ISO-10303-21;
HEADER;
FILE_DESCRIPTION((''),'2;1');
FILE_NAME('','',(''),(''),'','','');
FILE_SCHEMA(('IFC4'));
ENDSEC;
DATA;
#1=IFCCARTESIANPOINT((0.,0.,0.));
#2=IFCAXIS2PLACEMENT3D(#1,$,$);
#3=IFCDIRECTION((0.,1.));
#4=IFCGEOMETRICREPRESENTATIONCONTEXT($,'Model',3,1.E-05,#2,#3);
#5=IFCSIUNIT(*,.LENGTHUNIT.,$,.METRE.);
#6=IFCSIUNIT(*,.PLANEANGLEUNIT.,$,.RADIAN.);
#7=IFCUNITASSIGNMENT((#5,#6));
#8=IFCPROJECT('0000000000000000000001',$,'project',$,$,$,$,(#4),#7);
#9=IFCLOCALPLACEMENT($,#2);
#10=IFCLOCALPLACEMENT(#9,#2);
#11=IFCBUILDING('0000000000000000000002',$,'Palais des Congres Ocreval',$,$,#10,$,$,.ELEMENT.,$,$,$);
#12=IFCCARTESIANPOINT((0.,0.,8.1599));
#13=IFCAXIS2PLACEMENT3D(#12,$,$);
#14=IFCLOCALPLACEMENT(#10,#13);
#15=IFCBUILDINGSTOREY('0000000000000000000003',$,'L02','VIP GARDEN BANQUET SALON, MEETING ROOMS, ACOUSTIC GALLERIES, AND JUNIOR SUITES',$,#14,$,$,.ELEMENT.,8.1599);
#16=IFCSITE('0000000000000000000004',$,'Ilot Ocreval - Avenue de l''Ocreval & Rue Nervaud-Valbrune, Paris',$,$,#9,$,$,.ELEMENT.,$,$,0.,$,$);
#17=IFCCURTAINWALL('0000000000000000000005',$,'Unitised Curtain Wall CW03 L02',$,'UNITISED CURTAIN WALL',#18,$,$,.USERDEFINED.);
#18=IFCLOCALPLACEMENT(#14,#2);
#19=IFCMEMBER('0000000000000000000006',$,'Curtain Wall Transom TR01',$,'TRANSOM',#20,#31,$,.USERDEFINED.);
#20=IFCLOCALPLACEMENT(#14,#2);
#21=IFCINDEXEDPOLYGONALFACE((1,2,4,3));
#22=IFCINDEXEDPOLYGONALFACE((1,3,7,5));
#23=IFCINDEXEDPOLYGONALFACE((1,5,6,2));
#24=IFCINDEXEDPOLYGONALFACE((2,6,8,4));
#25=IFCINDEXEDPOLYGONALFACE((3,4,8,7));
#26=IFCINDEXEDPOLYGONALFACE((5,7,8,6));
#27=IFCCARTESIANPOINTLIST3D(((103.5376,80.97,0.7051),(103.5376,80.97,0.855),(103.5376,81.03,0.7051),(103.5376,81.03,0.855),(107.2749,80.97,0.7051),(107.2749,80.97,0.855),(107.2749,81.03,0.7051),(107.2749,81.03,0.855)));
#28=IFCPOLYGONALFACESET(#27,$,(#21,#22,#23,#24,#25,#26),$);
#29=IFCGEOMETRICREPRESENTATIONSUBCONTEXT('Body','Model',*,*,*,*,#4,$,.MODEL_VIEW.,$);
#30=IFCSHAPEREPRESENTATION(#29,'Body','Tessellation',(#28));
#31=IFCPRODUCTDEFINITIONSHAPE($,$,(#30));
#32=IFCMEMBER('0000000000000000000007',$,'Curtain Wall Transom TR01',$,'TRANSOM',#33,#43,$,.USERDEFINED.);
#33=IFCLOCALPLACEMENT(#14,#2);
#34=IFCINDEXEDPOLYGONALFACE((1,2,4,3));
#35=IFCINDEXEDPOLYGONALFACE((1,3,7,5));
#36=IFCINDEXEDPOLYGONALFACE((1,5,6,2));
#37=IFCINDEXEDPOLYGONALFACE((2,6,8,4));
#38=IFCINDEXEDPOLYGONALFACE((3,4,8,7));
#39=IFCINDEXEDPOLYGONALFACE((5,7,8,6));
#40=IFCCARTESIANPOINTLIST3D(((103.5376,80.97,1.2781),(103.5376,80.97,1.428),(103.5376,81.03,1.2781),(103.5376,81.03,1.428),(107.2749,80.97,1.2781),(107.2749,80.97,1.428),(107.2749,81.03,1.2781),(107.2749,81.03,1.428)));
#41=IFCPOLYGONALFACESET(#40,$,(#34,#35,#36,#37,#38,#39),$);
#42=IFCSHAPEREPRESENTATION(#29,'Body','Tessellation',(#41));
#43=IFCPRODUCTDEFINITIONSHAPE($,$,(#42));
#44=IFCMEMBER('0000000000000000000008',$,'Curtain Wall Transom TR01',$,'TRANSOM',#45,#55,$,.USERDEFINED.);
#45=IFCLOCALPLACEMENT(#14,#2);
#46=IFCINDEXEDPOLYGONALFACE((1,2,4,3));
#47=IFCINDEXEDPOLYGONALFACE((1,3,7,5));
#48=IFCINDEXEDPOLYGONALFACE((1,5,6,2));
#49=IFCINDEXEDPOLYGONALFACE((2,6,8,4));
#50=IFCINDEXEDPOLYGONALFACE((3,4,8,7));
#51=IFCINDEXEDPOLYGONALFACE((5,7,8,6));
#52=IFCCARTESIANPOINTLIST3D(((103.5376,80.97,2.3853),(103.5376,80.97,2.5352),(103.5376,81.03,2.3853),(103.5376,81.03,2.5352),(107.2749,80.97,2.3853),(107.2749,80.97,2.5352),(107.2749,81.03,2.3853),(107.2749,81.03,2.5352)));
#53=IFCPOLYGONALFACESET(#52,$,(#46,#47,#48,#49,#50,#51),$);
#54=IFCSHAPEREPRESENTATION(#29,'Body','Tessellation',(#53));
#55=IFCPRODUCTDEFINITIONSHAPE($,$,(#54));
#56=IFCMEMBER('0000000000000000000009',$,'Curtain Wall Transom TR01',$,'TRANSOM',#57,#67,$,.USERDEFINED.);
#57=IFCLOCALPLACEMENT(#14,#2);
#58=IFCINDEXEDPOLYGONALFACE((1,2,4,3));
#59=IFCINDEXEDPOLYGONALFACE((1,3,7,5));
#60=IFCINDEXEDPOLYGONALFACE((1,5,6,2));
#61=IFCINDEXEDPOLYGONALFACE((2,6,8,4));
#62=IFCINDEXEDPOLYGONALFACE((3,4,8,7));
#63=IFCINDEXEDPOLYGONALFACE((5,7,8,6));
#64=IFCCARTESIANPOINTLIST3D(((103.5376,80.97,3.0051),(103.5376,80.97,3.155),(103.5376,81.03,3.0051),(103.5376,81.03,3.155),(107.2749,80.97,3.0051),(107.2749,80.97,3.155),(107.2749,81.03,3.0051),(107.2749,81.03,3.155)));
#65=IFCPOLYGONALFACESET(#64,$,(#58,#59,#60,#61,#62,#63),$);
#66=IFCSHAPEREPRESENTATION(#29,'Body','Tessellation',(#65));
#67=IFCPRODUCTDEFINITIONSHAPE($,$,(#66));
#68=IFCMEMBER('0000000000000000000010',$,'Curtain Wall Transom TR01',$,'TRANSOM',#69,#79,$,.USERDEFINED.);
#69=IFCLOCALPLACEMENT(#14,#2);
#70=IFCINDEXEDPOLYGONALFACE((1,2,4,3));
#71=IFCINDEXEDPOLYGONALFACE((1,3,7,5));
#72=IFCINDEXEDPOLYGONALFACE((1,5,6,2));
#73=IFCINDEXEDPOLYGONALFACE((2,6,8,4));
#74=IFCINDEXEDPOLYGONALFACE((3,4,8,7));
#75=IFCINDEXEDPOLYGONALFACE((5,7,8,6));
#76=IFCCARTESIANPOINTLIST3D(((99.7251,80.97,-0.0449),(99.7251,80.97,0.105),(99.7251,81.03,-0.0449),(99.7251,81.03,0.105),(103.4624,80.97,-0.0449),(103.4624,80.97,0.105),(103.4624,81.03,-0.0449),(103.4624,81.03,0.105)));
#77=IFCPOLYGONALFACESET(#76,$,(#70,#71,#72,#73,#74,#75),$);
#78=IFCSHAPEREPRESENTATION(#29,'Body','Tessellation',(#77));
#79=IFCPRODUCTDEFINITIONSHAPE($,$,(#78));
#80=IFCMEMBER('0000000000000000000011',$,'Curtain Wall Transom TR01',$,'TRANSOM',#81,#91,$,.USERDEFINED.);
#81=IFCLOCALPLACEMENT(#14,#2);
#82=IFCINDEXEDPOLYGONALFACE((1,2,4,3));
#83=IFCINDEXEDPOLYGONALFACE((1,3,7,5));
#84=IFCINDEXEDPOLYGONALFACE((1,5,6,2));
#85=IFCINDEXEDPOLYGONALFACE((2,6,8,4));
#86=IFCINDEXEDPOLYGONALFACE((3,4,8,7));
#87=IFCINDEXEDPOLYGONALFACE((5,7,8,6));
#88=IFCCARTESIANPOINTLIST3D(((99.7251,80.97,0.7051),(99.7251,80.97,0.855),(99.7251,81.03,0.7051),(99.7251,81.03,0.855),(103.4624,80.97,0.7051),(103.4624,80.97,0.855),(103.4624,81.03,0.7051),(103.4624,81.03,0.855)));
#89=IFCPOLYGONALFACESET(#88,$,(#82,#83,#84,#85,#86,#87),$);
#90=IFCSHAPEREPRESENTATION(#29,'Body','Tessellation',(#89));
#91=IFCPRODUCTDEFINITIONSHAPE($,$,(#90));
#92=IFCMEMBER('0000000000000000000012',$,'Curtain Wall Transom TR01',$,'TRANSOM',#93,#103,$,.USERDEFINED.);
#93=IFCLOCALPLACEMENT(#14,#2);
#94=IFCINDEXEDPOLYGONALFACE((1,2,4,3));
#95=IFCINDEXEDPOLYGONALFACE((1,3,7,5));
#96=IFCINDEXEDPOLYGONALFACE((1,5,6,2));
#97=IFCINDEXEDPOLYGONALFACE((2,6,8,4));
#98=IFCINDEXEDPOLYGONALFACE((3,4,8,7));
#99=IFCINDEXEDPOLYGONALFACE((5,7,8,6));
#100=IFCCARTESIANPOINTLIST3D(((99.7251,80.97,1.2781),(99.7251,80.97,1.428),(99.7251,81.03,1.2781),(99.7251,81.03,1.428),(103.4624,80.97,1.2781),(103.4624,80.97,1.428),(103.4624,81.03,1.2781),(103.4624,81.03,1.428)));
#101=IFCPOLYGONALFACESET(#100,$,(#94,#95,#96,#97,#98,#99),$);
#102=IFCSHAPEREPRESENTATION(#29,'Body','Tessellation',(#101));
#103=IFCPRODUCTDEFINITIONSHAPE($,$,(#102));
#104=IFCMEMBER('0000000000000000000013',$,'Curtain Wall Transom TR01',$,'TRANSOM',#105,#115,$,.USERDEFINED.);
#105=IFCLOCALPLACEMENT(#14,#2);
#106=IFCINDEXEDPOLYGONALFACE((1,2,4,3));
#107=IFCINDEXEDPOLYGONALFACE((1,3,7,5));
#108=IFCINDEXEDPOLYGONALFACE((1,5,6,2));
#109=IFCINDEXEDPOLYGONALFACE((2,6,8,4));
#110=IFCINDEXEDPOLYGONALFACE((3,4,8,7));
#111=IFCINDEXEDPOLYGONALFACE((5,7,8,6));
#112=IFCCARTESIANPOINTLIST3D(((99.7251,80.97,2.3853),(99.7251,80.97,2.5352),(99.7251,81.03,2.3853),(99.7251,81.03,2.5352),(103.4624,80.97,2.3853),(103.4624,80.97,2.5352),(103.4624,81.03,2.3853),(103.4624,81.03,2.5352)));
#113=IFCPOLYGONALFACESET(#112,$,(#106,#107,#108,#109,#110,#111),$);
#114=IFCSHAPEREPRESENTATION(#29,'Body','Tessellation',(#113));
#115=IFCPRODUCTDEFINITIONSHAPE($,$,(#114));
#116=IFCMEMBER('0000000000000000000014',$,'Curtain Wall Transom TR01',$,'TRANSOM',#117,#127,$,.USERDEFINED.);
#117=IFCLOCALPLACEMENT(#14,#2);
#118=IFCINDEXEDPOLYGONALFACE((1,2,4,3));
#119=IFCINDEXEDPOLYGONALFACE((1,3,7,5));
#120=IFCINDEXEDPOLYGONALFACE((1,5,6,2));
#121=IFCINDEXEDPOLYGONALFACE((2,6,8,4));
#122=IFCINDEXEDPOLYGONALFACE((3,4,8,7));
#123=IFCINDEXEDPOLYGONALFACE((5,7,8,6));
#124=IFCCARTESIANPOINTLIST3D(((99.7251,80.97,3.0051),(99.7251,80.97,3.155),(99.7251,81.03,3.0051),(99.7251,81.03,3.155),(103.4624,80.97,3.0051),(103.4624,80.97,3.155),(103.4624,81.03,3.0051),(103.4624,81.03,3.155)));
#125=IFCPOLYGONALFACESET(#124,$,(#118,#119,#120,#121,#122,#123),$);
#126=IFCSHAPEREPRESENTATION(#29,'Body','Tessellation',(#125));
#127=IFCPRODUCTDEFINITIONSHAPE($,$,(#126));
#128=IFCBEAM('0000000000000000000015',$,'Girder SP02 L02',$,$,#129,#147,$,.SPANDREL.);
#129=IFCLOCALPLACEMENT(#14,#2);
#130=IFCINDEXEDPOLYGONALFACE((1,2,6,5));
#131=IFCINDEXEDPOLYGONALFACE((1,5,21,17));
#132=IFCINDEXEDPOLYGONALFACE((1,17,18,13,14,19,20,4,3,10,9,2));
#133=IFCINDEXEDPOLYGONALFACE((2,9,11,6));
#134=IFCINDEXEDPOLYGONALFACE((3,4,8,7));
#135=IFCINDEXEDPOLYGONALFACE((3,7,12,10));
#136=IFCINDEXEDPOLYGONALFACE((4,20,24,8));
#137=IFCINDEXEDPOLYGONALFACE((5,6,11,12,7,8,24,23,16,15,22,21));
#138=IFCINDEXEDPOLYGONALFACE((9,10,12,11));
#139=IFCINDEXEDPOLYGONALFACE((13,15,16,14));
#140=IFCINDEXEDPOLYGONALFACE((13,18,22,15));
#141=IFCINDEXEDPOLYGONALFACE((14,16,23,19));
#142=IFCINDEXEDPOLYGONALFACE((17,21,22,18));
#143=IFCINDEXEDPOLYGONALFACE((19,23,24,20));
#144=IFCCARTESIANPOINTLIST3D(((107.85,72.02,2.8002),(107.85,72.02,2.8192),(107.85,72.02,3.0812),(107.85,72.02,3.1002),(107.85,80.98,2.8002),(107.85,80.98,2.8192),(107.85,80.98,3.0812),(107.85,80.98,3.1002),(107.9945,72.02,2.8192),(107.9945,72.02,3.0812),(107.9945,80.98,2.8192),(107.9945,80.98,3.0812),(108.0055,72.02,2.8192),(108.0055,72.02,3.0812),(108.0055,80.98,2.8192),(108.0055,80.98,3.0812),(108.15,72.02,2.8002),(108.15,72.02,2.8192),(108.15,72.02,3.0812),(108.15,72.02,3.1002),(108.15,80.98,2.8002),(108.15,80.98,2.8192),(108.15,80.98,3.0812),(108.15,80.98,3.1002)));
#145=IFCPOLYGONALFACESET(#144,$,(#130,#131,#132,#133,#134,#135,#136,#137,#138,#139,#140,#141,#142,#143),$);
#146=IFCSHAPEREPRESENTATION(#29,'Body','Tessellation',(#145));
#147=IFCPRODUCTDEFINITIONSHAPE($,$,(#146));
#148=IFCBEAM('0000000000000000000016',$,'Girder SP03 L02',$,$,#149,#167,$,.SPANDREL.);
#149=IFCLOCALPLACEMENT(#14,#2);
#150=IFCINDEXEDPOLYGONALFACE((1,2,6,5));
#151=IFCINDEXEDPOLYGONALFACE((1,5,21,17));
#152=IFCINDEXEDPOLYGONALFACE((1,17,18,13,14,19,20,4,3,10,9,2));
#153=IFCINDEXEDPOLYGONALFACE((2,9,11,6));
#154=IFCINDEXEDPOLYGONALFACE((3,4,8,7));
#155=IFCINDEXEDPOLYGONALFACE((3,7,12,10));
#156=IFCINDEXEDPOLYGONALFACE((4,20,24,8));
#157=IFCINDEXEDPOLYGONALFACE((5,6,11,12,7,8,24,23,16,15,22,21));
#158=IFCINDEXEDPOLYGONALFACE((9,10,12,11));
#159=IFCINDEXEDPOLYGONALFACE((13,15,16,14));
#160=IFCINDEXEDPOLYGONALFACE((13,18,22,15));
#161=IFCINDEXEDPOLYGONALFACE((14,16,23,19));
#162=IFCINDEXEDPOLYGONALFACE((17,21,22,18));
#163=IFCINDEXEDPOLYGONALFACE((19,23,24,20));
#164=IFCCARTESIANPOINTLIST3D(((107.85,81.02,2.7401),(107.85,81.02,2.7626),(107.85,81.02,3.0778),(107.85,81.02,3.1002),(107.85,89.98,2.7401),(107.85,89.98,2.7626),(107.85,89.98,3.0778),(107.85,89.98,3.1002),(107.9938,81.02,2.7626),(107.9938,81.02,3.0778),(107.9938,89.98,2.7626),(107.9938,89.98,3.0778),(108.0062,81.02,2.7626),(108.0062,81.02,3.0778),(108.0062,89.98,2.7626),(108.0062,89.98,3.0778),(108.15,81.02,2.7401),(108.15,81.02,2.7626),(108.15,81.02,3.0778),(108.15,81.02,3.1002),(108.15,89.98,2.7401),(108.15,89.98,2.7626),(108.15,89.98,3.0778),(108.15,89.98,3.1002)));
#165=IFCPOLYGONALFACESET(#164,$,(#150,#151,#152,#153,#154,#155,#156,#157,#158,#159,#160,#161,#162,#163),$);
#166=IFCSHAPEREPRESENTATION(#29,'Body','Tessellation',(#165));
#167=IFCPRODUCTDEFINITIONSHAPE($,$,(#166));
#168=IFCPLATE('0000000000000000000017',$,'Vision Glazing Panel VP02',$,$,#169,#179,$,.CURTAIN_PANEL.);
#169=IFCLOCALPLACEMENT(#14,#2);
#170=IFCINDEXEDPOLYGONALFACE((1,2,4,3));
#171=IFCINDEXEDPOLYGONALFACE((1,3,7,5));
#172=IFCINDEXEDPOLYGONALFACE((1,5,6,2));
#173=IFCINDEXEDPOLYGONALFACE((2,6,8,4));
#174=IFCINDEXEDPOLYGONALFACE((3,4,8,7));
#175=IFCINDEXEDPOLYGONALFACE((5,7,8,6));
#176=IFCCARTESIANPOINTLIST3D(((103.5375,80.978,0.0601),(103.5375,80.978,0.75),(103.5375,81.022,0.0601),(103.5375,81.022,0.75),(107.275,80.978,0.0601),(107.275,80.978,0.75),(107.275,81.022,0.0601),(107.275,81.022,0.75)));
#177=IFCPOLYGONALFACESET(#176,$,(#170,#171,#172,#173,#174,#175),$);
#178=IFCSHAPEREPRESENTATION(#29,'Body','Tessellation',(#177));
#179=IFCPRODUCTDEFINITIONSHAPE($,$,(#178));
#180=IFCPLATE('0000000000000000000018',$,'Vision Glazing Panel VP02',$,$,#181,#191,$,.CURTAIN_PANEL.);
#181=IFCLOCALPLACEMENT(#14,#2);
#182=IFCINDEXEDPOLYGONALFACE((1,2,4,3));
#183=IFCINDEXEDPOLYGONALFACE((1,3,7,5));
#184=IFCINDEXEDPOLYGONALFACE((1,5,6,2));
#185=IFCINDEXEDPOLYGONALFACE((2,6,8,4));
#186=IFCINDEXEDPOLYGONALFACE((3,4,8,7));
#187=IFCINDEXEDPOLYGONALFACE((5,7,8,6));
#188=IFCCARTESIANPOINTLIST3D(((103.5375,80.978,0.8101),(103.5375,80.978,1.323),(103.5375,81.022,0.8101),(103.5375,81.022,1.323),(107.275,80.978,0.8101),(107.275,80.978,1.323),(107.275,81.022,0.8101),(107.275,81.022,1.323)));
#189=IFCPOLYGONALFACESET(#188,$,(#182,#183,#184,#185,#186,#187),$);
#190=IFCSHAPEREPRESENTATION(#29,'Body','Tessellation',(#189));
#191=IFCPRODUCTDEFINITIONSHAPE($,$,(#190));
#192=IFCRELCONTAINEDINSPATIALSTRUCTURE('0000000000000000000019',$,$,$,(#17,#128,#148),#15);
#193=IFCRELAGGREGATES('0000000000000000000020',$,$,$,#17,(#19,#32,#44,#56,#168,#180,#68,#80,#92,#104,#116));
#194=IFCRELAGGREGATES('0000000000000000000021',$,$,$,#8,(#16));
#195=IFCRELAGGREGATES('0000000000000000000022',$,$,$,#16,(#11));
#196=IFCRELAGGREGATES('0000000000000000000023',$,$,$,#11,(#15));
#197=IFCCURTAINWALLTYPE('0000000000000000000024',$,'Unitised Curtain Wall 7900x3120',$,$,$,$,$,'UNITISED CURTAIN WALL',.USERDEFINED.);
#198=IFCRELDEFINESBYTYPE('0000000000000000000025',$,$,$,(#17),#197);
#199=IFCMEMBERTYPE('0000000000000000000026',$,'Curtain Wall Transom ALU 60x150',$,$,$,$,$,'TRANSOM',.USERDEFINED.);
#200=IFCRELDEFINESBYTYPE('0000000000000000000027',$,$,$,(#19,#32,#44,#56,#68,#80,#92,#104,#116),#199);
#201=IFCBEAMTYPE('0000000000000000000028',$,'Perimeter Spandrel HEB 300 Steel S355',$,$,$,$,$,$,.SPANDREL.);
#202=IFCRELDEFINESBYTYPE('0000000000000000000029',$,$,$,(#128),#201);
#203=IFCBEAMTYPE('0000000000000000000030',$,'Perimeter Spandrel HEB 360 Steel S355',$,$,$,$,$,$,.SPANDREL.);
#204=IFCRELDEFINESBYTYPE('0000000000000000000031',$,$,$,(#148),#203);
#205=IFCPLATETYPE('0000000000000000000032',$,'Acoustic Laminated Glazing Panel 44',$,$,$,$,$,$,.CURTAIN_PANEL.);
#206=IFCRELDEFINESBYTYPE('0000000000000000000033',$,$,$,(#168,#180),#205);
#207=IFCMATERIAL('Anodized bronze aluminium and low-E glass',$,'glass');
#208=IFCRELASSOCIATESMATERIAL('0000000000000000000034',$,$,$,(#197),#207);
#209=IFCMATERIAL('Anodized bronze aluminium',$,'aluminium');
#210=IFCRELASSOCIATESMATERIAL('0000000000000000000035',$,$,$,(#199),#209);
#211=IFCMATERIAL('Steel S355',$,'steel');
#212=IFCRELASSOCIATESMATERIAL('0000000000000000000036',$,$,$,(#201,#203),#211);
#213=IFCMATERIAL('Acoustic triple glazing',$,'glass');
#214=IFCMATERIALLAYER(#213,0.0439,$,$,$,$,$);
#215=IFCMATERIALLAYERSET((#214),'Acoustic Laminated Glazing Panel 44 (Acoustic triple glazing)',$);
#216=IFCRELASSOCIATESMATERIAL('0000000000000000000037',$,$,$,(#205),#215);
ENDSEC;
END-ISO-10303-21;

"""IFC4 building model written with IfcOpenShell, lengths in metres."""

from ifc_helpers import new_model, si_unit, direction, frame, origin, origin_2d, place, context, subcontext, project, spatial, rectangle, i_section, extrude, material, layer, layer_set, material_profile, profile_set, type_object, element, aggregate, save


model = new_model("IFC4")

# Units and contexts
model_context = context("Model", 3, precision=1e-05, world=origin(), true_north=direction((0.0, 1.0)))
body_context = subcontext(model_context, "Body", "Model", "MODEL_VIEW")
ifc_project = project(units=[si_unit("LENGTHUNIT", "METRE"), si_unit("PLANEANGLEUNIT", "RADIAN")], contexts=[model_context])

# Site, building, storey
site_placement = place(None, origin())
site = spatial("IfcSite", under=ifc_project, at=site_placement, Name="Ilot Ocreval - Avenue de l'Ocreval & Rue Nervaud-Valbrune, Paris", CompositionType="ELEMENT", RefElevation=0.0)
building_placement = place(site_placement, origin())
building = spatial("IfcBuilding", under=site, at=building_placement, Name="Palais des Congres Ocreval", CompositionType="ELEMENT")
storey_placement = place(building_placement, frame((0.0, 0.0, 8.1599)))
storey = spatial("IfcBuildingStorey", under=building, at=storey_placement, Name="L02", Description="VIP GARDEN BANQUET SALON, MEETING ROOMS, ACOUSTIC GALLERIES, AND JUNIOR SUITES", CompositionType="ELEMENT", Elevation=8.1599)

# Shared definitions
ifc_material_1 = material(Name="Steel S355", Category="steel")

# Curtain wall
ifc_material_2 = material(Name="Anodized bronze aluminium and low-E glass", Category="glass")
curtain_wall_type = type_object("IfcCurtainWallType", Name="Unitised Curtain Wall 7900x3120", ElementType="UNITISED CURTAIN WALL", PredefinedType="USERDEFINED", material=ifc_material_2)
ifc_material_3 = material(Name="Anodized bronze aluminium", Category="aluminium")
curtain_wall_1_placement = place(storey_placement, origin())
curtain_wall_1 = element("IfcCurtainWall", 1, at=curtain_wall_1_placement, inside=storey, type_object=curtain_wall_type, Name="Unitised Curtain Wall CW03 L02", ObjectType="UNITISED CURTAIN WALL", PredefinedType="USERDEFINED")

# Members
ifc_material_profile_1 = material_profile(ifc_material_3, rectangle(XDim=0.0601, YDim=0.1499, at=origin_2d()), Name="ALU 60x150")
ifc_profile_set_1 = profile_set([ifc_material_profile_1], Name="Anodized bronze aluminium")
member_type_1 = type_object("IfcMemberType", Name="Curtain Wall Transom ALU 60x150", ElementType="TRANSOM", PredefinedType="USERDEFINED", material=ifc_profile_set_1)
member_1_placement = place(storey_placement, frame((107.2749, 81.0, 0.78), z_axis=(-1.0, 0.0, 0.0), x_axis=(0.0, -1.0, 0.0)))
member_1 = element("IfcMember", 2, at=member_1_placement, type_object=member_type_1, Name="Curtain Wall Transom TR01", ObjectType="TRANSOM", PredefinedType="USERDEFINED", context=body_context, shape_type="SweptSolid", body=[
    extrude(rectangle(XDim=0.0601, YDim=0.1499, at=origin_2d()), origin(), (0.0, 0.0, 1.0), 3.7373),
])
member_2_placement = place(storey_placement, frame((107.2749, 81.0, 1.353), z_axis=(-1.0, 0.0, 0.0), x_axis=(0.0, -1.0, 0.0)))
member_2 = element("IfcMember", 3, at=member_2_placement, type_object=member_type_1, Name="Curtain Wall Transom TR01", ObjectType="TRANSOM", PredefinedType="USERDEFINED", context=body_context, shape_type="SweptSolid", body=[
    extrude(rectangle(XDim=0.0601, YDim=0.1499, at=origin_2d()), origin(), (0.0, 0.0, 1.0), 3.7373),
])
member_3_placement = place(storey_placement, frame((107.2749, 81.0, 2.4602), z_axis=(-1.0, 0.0, 0.0), x_axis=(0.0, -1.0, 0.0)))
member_3 = element("IfcMember", 4, at=member_3_placement, type_object=member_type_1, Name="Curtain Wall Transom TR01", ObjectType="TRANSOM", PredefinedType="USERDEFINED", context=body_context, shape_type="SweptSolid", body=[
    extrude(rectangle(XDim=0.0601, YDim=0.1499, at=origin_2d()), origin(), (0.0, 0.0, 1.0), 3.7373),
])
member_4_placement = place(storey_placement, frame((107.2749, 81.0, 3.0801), z_axis=(-1.0, 0.0, 0.0), x_axis=(0.0, -1.0, 0.0)))
member_4 = element("IfcMember", 5, at=member_4_placement, type_object=member_type_1, Name="Curtain Wall Transom TR01", ObjectType="TRANSOM", PredefinedType="USERDEFINED", context=body_context, shape_type="SweptSolid", body=[
    extrude(rectangle(XDim=0.0601, YDim=0.1499, at=origin_2d()), origin(), (0.0, 0.0, 1.0), 3.7373),
])
member_5_placement = place(storey_placement, frame((103.4624, 81.0, 0.03), z_axis=(-1.0, 0.0, 0.0), x_axis=(0.0, -1.0, 0.0)))
member_5 = element("IfcMember", 6, at=member_5_placement, type_object=member_type_1, Name="Curtain Wall Transom TR01", ObjectType="TRANSOM", PredefinedType="USERDEFINED", context=body_context, shape_type="SweptSolid", body=[
    extrude(rectangle(XDim=0.0601, YDim=0.1499, at=origin_2d()), origin(), (0.0, 0.0, 1.0), 3.7373),
])
member_6_placement = place(storey_placement, frame((103.4624, 81.0, 0.78), z_axis=(-1.0, 0.0, 0.0), x_axis=(0.0, -1.0, 0.0)))
member_6 = element("IfcMember", 7, at=member_6_placement, type_object=member_type_1, Name="Curtain Wall Transom TR01", ObjectType="TRANSOM", PredefinedType="USERDEFINED", context=body_context, shape_type="SweptSolid", body=[
    extrude(rectangle(XDim=0.0601, YDim=0.1499, at=origin_2d()), origin(), (0.0, 0.0, 1.0), 3.7373),
])
member_7_placement = place(storey_placement, frame((103.4624, 81.0, 1.353), z_axis=(-1.0, 0.0, 0.0), x_axis=(0.0, -1.0, 0.0)))
member_7 = element("IfcMember", 8, at=member_7_placement, type_object=member_type_1, Name="Curtain Wall Transom TR01", ObjectType="TRANSOM", PredefinedType="USERDEFINED", context=body_context, shape_type="SweptSolid", body=[
    extrude(rectangle(XDim=0.0601, YDim=0.1499, at=origin_2d()), origin(), (0.0, 0.0, 1.0), 3.7373),
])
member_8_placement = place(storey_placement, frame((103.4624, 81.0, 2.4602), z_axis=(-1.0, 0.0, 0.0), x_axis=(0.0, -1.0, 0.0)))
member_8 = element("IfcMember", 9, at=member_8_placement, type_object=member_type_1, Name="Curtain Wall Transom TR01", ObjectType="TRANSOM", PredefinedType="USERDEFINED", context=body_context, shape_type="SweptSolid", body=[
    extrude(rectangle(XDim=0.0601, YDim=0.1499, at=origin_2d()), origin(), (0.0, 0.0, 1.0), 3.7373),
])
member_9_placement = place(storey_placement, frame((103.4624, 81.0, 3.0801), z_axis=(-1.0, 0.0, 0.0), x_axis=(0.0, -1.0, 0.0)))
member_9 = element("IfcMember", 10, at=member_9_placement, type_object=member_type_1, Name="Curtain Wall Transom TR01", ObjectType="TRANSOM", PredefinedType="USERDEFINED", context=body_context, shape_type="SweptSolid", body=[
    extrude(rectangle(XDim=0.0601, YDim=0.1499, at=origin_2d()), origin(), (0.0, 0.0, 1.0), 3.7373),
])

# Beams
ifc_material_profile_2 = material_profile(ifc_material_1, i_section(OverallWidth=0.3, OverallDepth=0.3, WebThickness=0.011, FlangeThickness=0.019, at=origin_2d()), Name="HEB 300")
ifc_profile_set_2 = profile_set([ifc_material_profile_2], Name="Steel S355")
beam_type_1 = type_object("IfcBeamType", Name="Perimeter Spandrel HEB 300 Steel S355", PredefinedType="SPANDREL", material=ifc_profile_set_2)
beam_1_placement = place(storey_placement, frame((108.0, 72.02, 2.9502), z_axis=(0.0, 1.0, 0.0), x_axis=(-1.0, 0.0, 0.0)))
element("IfcBeam", 11, at=beam_1_placement, inside=storey, type_object=beam_type_1, Name="Girder SP02 L02", PredefinedType="SPANDREL", context=body_context, shape_type="SweptSolid", body=[
    extrude(i_section(OverallWidth=0.3, OverallDepth=0.3, WebThickness=0.011, FlangeThickness=0.019, at=origin_2d()), origin(), (0.0, 0.0, 1.0), 8.96),
])
ifc_material_profile_3 = material_profile(ifc_material_1, i_section(OverallWidth=0.3, OverallDepth=0.3601, WebThickness=0.0125, FlangeThickness=0.0225, at=origin_2d()), Name="HEB 360")
ifc_profile_set_3 = profile_set([ifc_material_profile_3], Name="Steel S355")
beam_type_2 = type_object("IfcBeamType", Name="Perimeter Spandrel HEB 360 Steel S355", PredefinedType="SPANDREL", material=ifc_profile_set_3)
beam_2_placement = place(storey_placement, frame((108.0, 81.02, 2.9202), z_axis=(0.0, 1.0, 0.0), x_axis=(-1.0, 0.0, 0.0)))
element("IfcBeam", 12, at=beam_2_placement, inside=storey, type_object=beam_type_2, Name="Girder SP03 L02", PredefinedType="SPANDREL", context=body_context, shape_type="SweptSolid", body=[
    extrude(i_section(OverallWidth=0.3, OverallDepth=0.3601, WebThickness=0.0125, FlangeThickness=0.0225, at=origin_2d()), origin(), (0.0, 0.0, 1.0), 8.96),
])

# Plates
ifc_material_4 = material(Name="Acoustic triple glazing", Category="glass")
ifc_layer_1 = layer(ifc_material_4, 0.0439)
ifc_layer_set_1 = layer_set([ifc_layer_1], Name="Acoustic Laminated Glazing Panel 44 (Acoustic triple glazing)")
plate_type_1 = type_object("IfcPlateType", Name="Acoustic Laminated Glazing Panel 44", PredefinedType="CURTAIN_PANEL", material=ifc_layer_set_1)
plate_1_placement = place(storey_placement, frame((105.4062, 81.0, 0.0601), z_axis=(0.0, 0.0, 1.0), x_axis=(-1.0, 0.0, 0.0)))
plate_1 = element("IfcPlate", 13, at=plate_1_placement, type_object=plate_type_1, Name="Vision Glazing Panel VP02", PredefinedType="CURTAIN_PANEL", context=body_context, shape_type="SweptSolid", body=[
    extrude(rectangle(XDim=3.7375, YDim=0.0439, at=origin_2d()), origin(), (0.0, 0.0, 1.0), 0.6899),
])
plate_2_placement = place(storey_placement, frame((105.4062, 81.0, 0.8101), z_axis=(0.0, 0.0, 1.0), x_axis=(-1.0, 0.0, 0.0)))
plate_2 = element("IfcPlate", 14, at=plate_2_placement, type_object=plate_type_1, Name="Vision Glazing Panel VP02", PredefinedType="CURTAIN_PANEL", context=body_context, shape_type="SweptSolid", body=[
    extrude(rectangle(XDim=3.7375, YDim=0.0439, at=origin_2d()), origin(), (0.0, 0.0, 1.0), 0.5129),
])
aggregate(curtain_wall_1, [member_1, member_2, member_3, member_4, plate_1, plate_2, member_5, member_6, member_7, member_8, member_9])

save(model, "model.ifc")
